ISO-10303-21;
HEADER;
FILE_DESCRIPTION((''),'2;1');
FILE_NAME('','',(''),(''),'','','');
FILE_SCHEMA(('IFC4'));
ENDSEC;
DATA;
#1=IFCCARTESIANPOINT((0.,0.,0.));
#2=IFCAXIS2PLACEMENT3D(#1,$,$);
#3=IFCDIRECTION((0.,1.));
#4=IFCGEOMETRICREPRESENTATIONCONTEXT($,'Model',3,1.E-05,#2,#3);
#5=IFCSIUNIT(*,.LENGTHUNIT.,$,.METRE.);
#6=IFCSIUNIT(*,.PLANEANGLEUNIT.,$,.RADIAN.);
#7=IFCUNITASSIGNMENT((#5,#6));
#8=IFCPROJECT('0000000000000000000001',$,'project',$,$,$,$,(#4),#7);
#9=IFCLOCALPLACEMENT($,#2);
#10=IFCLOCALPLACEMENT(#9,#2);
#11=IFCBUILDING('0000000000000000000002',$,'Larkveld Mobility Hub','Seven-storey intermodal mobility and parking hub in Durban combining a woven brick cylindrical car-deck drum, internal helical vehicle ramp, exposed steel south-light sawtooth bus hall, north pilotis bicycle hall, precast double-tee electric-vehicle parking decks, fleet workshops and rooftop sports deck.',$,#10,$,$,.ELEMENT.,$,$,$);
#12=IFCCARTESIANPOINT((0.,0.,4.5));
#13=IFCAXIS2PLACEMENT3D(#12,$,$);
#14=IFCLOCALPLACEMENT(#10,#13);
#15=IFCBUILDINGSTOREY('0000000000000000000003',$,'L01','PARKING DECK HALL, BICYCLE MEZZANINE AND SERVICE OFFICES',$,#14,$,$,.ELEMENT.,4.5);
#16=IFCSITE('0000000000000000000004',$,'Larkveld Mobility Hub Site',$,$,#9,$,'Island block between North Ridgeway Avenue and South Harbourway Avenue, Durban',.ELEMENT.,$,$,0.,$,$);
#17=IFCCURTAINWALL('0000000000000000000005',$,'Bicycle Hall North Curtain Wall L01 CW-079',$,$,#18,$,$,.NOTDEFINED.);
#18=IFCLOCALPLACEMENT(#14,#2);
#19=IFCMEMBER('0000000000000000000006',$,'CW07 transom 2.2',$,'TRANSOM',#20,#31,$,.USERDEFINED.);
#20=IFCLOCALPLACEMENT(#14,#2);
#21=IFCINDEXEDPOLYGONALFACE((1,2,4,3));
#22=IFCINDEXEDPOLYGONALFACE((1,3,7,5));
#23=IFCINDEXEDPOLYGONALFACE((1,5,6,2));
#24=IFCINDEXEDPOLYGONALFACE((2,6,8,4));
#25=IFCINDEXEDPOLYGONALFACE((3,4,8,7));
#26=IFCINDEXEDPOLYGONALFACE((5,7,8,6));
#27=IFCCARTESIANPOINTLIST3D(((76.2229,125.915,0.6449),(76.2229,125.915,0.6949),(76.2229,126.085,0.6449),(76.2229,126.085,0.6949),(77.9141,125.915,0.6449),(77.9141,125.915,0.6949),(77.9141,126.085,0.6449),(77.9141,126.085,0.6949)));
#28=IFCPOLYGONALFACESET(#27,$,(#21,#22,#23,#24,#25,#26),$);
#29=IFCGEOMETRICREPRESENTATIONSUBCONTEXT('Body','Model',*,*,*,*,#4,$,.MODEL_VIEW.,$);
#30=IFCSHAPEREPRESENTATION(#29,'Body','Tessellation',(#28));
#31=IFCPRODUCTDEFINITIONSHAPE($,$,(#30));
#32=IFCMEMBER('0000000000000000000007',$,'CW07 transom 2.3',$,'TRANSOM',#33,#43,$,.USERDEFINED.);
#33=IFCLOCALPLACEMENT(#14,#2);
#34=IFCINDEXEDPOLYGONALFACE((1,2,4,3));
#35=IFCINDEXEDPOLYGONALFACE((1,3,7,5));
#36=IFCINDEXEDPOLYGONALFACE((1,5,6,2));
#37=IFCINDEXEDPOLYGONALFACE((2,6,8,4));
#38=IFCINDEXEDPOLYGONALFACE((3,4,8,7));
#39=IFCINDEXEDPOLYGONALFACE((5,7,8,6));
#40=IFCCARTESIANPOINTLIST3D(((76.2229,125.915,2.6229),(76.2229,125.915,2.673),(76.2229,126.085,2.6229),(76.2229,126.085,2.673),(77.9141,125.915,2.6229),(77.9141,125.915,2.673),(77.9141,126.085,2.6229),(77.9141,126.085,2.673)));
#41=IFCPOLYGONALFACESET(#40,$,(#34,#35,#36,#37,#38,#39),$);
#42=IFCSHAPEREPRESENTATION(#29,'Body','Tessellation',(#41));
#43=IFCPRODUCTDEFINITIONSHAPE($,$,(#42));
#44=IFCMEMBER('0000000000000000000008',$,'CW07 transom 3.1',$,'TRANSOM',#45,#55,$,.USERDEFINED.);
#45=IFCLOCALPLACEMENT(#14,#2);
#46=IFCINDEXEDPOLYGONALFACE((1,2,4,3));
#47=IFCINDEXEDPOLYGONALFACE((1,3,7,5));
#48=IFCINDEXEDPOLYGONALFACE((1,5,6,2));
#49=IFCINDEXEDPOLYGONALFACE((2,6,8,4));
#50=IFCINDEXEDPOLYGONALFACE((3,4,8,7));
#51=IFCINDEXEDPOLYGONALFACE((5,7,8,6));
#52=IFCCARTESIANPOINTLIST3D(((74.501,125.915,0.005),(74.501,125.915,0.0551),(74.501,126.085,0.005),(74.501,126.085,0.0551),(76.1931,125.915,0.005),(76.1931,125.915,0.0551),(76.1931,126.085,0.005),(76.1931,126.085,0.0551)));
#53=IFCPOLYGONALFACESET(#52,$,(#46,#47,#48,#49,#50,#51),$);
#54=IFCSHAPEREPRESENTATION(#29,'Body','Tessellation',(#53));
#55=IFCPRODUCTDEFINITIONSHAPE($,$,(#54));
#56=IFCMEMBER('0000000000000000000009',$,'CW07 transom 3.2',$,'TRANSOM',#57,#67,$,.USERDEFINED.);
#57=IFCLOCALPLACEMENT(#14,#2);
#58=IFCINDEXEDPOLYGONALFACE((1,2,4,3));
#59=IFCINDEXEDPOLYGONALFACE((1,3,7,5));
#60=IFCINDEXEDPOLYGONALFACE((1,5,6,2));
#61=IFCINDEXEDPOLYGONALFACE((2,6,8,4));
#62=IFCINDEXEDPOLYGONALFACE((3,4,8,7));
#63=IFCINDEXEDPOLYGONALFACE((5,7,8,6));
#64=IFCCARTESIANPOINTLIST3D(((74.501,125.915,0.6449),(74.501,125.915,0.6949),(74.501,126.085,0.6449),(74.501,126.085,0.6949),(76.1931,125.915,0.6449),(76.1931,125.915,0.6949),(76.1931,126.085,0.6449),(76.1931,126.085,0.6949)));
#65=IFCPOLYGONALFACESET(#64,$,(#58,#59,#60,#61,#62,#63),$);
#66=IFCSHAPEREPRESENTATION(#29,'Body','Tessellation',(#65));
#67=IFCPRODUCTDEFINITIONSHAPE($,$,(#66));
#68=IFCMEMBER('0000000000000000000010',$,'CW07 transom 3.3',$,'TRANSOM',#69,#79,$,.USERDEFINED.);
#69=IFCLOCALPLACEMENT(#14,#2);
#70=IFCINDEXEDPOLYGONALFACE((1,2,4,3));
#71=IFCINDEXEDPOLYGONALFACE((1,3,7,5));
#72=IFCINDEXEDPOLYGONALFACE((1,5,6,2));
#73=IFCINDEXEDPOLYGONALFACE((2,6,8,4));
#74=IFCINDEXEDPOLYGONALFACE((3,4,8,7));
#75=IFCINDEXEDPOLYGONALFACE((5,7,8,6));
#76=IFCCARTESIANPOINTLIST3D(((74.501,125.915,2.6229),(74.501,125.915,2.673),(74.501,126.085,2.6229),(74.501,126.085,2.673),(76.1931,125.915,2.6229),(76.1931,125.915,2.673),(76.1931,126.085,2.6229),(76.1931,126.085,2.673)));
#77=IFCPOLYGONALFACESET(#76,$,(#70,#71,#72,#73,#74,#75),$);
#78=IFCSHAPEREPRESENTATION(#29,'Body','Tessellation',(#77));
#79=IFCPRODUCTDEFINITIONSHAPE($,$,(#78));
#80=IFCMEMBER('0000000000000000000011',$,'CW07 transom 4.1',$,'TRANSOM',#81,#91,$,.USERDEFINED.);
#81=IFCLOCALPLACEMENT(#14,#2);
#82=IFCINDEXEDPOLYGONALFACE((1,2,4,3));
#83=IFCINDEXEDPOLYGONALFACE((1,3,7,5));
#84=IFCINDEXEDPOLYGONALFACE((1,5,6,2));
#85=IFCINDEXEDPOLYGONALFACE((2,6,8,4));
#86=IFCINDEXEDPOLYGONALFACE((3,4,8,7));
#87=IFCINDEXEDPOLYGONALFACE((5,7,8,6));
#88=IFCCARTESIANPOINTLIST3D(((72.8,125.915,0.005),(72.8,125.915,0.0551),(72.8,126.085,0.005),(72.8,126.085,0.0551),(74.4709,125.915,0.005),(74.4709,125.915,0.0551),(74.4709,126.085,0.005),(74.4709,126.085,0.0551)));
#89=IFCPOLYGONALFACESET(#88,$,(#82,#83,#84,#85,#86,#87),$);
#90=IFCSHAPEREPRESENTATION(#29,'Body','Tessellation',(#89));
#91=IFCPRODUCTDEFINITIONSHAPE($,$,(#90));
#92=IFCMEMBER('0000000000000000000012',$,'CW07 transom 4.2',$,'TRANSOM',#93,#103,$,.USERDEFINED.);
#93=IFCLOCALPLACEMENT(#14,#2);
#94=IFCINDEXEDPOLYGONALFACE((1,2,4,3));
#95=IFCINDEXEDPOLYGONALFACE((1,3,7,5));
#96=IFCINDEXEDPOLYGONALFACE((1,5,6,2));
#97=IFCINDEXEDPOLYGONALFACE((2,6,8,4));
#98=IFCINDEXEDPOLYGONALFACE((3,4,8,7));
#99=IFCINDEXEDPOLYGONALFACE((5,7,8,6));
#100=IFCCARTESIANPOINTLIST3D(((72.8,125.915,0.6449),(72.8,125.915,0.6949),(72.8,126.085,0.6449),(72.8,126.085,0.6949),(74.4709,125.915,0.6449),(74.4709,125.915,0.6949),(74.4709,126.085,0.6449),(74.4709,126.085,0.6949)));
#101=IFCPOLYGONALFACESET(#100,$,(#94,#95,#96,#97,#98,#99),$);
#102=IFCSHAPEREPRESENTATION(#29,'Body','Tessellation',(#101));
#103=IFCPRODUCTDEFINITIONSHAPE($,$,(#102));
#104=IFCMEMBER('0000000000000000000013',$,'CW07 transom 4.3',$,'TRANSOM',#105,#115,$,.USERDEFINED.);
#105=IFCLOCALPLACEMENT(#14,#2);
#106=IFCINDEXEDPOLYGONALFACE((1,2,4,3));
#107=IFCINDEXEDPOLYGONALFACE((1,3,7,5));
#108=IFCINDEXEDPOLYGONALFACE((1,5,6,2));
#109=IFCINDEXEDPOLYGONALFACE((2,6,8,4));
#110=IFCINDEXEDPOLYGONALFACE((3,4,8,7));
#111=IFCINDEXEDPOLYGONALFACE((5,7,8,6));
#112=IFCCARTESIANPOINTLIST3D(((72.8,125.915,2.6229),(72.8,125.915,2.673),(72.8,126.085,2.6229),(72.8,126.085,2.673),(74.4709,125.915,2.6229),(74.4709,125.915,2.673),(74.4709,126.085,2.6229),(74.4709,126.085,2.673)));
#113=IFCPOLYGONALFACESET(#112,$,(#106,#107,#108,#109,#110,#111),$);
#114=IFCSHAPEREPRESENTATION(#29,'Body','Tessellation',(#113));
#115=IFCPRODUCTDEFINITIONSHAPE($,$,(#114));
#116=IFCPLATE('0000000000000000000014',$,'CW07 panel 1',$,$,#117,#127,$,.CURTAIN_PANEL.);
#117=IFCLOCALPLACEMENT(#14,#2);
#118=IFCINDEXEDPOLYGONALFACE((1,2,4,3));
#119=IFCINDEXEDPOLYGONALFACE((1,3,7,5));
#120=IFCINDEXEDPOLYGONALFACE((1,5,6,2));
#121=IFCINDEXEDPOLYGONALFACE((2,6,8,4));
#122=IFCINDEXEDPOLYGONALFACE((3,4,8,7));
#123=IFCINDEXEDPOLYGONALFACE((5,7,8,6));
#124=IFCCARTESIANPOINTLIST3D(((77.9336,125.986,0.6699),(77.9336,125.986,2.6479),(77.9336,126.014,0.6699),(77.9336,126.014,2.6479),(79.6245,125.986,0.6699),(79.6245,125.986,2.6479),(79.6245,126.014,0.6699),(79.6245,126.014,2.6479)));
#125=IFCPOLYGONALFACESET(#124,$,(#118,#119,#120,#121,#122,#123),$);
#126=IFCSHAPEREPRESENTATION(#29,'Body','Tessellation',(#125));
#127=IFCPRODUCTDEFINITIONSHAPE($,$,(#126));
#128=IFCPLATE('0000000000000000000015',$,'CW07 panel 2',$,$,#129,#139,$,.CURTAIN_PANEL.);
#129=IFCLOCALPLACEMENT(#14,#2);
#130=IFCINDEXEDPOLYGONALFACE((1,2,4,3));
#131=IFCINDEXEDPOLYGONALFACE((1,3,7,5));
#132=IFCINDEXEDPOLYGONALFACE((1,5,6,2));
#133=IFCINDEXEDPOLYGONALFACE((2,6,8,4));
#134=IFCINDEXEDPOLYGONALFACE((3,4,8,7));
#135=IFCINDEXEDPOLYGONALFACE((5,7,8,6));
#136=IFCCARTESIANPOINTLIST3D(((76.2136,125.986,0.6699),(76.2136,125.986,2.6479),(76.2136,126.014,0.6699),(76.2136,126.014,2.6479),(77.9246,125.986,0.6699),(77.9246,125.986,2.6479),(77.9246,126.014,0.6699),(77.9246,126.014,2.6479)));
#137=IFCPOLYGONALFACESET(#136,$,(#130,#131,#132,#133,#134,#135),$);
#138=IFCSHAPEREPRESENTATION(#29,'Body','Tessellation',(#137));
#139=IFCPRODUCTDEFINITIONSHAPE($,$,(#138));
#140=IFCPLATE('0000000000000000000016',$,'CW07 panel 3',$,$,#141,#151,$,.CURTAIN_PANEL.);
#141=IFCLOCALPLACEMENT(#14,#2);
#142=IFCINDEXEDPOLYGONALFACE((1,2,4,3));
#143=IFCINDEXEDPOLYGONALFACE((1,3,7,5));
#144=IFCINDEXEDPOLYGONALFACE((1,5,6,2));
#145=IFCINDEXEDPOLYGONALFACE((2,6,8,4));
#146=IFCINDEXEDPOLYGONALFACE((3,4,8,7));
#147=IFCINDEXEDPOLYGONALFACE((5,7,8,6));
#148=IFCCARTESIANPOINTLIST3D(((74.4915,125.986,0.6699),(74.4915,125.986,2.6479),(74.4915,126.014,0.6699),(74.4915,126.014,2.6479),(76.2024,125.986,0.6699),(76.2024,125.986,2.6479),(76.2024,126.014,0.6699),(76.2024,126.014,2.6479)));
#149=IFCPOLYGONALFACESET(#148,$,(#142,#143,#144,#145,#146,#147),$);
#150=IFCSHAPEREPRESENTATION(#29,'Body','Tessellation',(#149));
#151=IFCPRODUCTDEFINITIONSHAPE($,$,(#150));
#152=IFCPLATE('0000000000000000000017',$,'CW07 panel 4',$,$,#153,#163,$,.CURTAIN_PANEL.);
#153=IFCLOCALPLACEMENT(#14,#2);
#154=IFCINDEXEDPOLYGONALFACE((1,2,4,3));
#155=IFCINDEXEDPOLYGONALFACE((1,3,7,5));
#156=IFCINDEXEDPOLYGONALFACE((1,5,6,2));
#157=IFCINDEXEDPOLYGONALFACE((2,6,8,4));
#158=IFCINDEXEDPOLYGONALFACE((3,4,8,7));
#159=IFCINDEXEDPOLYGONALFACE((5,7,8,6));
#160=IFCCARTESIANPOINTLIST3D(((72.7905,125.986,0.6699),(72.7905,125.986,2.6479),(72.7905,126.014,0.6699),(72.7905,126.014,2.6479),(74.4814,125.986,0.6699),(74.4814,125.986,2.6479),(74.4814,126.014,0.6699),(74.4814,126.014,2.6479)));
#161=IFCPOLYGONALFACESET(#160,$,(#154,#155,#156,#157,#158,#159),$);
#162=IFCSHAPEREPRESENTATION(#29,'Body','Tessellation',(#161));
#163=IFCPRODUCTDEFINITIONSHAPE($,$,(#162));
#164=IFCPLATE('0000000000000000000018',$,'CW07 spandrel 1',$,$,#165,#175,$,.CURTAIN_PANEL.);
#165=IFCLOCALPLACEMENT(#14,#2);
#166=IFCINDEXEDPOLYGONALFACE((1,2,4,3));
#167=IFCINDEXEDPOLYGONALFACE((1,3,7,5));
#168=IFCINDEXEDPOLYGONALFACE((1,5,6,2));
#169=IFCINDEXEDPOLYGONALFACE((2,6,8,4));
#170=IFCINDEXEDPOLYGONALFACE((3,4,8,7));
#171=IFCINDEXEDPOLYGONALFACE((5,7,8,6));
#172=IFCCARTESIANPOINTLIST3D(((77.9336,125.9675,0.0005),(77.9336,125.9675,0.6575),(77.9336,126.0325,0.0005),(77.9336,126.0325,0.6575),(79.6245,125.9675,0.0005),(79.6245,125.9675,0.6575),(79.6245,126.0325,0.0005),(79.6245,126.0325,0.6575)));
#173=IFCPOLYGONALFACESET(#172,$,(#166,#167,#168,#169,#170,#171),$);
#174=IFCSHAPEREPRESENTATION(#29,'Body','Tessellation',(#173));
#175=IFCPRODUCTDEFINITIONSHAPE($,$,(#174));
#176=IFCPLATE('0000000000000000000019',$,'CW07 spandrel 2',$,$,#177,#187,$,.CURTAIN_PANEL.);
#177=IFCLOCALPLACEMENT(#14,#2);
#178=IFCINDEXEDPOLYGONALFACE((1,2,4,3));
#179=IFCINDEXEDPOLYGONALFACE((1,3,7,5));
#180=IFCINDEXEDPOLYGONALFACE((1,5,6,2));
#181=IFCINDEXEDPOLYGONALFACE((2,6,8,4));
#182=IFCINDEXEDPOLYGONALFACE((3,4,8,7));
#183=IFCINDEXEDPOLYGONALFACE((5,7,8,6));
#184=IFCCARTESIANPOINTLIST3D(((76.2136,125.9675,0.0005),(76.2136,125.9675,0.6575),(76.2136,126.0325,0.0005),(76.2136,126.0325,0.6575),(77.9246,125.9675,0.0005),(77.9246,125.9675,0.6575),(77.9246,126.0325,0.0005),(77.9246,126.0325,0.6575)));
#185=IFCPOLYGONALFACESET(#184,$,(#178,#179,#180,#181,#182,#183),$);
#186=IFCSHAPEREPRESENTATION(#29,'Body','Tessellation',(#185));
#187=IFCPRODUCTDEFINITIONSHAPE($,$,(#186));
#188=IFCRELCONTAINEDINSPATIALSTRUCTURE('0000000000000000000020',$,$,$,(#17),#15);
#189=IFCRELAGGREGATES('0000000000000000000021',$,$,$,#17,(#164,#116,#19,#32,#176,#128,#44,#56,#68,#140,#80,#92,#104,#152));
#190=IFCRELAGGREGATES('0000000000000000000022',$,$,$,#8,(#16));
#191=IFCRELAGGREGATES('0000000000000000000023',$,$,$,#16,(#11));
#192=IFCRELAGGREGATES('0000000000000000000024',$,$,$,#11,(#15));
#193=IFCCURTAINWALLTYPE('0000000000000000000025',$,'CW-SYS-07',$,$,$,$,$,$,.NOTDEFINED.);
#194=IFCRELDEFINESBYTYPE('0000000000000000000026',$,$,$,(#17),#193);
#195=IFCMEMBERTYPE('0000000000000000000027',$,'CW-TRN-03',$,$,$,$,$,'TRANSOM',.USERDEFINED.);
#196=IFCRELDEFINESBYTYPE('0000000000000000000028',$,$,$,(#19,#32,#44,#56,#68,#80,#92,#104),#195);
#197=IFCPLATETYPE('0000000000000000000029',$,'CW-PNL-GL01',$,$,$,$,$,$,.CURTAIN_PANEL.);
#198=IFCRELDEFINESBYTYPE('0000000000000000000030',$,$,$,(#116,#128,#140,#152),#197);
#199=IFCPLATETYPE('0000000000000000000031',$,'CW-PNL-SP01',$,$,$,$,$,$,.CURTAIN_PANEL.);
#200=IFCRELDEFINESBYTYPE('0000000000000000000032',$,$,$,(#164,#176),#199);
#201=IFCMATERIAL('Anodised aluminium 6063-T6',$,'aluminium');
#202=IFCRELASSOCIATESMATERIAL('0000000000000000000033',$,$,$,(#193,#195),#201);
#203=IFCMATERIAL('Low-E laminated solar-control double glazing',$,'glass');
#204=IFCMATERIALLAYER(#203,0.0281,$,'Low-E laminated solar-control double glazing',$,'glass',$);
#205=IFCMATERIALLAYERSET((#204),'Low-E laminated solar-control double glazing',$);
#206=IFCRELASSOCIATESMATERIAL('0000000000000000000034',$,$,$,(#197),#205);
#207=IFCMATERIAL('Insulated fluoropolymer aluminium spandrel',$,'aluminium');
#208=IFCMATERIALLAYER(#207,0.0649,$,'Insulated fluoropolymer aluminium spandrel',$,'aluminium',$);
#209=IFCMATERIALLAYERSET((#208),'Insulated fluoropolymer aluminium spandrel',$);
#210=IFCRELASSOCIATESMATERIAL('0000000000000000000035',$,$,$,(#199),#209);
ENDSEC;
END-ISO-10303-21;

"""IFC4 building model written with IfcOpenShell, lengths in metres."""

from ifc_helpers import new_model, si_unit, direction, frame, origin, origin_2d, place, context, subcontext, project, spatial, rectangle, extrude, material, layer, layer_set, material_profile, profile_set, type_object, element, aggregate, save


model = new_model("IFC4")

# Units and contexts
model_context = context("Model", 3, precision=1e-05, world=origin(), true_north=direction((0.0, 1.0)))
body_context = subcontext(model_context, "Body", "Model", "MODEL_VIEW")
ifc_project = project(units=[si_unit("LENGTHUNIT", "METRE"), si_unit("PLANEANGLEUNIT", "RADIAN")], contexts=[model_context])

# Site, building, storey
site_placement = place(None, origin())
site = spatial("IfcSite", under=ifc_project, at=site_placement, Name="Larkveld Mobility Hub Site", LongName="Island block between North Ridgeway Avenue and South Harbourway Avenue, Durban", CompositionType="ELEMENT", RefElevation=0.0)
building_placement = place(site_placement, origin())
building = spatial("IfcBuilding", under=site, at=building_placement, Name="Larkveld Mobility Hub", Description="Seven-storey intermodal mobility and parking hub in Durban combining a woven brick cylindrical car-deck drum, internal helical vehicle ramp, exposed steel south-light sawtooth bus hall, north pilotis bicycle hall, precast double-tee electric-vehicle parking decks, fleet workshops and rooftop sports deck.", CompositionType="ELEMENT")
storey_placement = place(building_placement, frame((0.0, 0.0, 4.5)))
storey = spatial("IfcBuildingStorey", under=building, at=storey_placement, Name="L01", Description="PARKING DECK HALL, BICYCLE MEZZANINE AND SERVICE OFFICES", CompositionType="ELEMENT", Elevation=4.5)

# Curtain wall
ifc_material_1 = material(Name="Anodised aluminium 6063-T6", Category="aluminium")
curtain_wall_type_1 = type_object("IfcCurtainWallType", Name="CW-SYS-07", PredefinedType="NOTDEFINED", material=ifc_material_1)
curtain_wall_1_placement = place(storey_placement, origin())
curtain_wall_1 = element("IfcCurtainWall", 1, at=curtain_wall_1_placement, inside=storey, type_object=curtain_wall_type_1, Name="Bicycle Hall North Curtain Wall L01 CW-079", PredefinedType="NOTDEFINED")

# Members
ifc_material_profile_1 = material_profile(ifc_material_1, rectangle(XDim=0.1699, YDim=0.05, at=origin_2d()), Name="ALU TRAN 50x170")
ifc_profile_set_1 = profile_set([ifc_material_profile_1], Name="Anodised aluminium 6063-T6")
member_type_1 = type_object("IfcMemberType", Name="CW-TRN-03", ElementType="TRANSOM", PredefinedType="USERDEFINED", material=ifc_profile_set_1)
member_1_placement = place(storey_placement, frame((77.9141, 126.0, 0.6699), z_axis=(-1.0, 0.0, 0.0), x_axis=(0.0, -1.0, 0.0)))
member_1 = element("IfcMember", 2, at=member_1_placement, type_object=member_type_1, Name="CW07 transom 2.2", ObjectType="TRANSOM", PredefinedType="USERDEFINED", context=body_context, shape_type="SweptSolid", body=[
    extrude(rectangle(XDim=0.1699, YDim=0.05, at=origin_2d()), origin(), (0.0, 0.0, 1.0), 1.6912),
])
member_2_placement = place(storey_placement, frame((77.9141, 126.0, 2.6479), z_axis=(-1.0, 0.0, 0.0), x_axis=(0.0, -1.0, 0.0)))
member_2 = element("IfcMember", 3, at=member_2_placement, type_object=member_type_1, Name="CW07 transom 2.3", ObjectType="TRANSOM", PredefinedType="USERDEFINED", context=body_context, shape_type="SweptSolid", body=[
    extrude(rectangle(XDim=0.1699, YDim=0.05, at=origin_2d()), origin(), (0.0, 0.0, 1.0), 1.6912),
])
member_3_placement = place(storey_placement, frame((76.1931, 126.0, 0.03), z_axis=(-1.0, 0.0, 0.0), x_axis=(0.0, -1.0, 0.0)))
member_3 = element("IfcMember", 4, at=member_3_placement, type_object=member_type_1, Name="CW07 transom 3.1", ObjectType="TRANSOM", PredefinedType="USERDEFINED", context=body_context, shape_type="SweptSolid", body=[
    extrude(rectangle(XDim=0.1699, YDim=0.05, at=origin_2d()), origin(), (0.0, 0.0, 1.0), 1.6921),
])
member_4_placement = place(storey_placement, frame((76.1931, 126.0, 0.6699), z_axis=(-1.0, 0.0, 0.0), x_axis=(0.0, -1.0, 0.0)))
member_4 = element("IfcMember", 5, at=member_4_placement, type_object=member_type_1, Name="CW07 transom 3.2", ObjectType="TRANSOM", PredefinedType="USERDEFINED", context=body_context, shape_type="SweptSolid", body=[
    extrude(rectangle(XDim=0.1699, YDim=0.05, at=origin_2d()), origin(), (0.0, 0.0, 1.0), 1.6921),
])
member_5_placement = place(storey_placement, frame((76.1931, 126.0, 2.6479), z_axis=(-1.0, 0.0, 0.0), x_axis=(0.0, -1.0, 0.0)))
member_5 = element("IfcMember", 6, at=member_5_placement, type_object=member_type_1, Name="CW07 transom 3.3", ObjectType="TRANSOM", PredefinedType="USERDEFINED", context=body_context, shape_type="SweptSolid", body=[
    extrude(rectangle(XDim=0.1699, YDim=0.05, at=origin_2d()), origin(), (0.0, 0.0, 1.0), 1.6921),
])
member_6_placement = place(storey_placement, frame((74.4709, 126.0, 0.03), z_axis=(-1.0, 0.0, 0.0), x_axis=(0.0, -1.0, 0.0)))
member_6 = element("IfcMember", 7, at=member_6_placement, type_object=member_type_1, Name="CW07 transom 4.1", ObjectType="TRANSOM", PredefinedType="USERDEFINED", context=body_context, shape_type="SweptSolid", body=[
    extrude(rectangle(XDim=0.1699, YDim=0.05, at=origin_2d()), origin(), (0.0, 0.0, 1.0), 1.6709),
])
member_7_placement = place(storey_placement, frame((74.4709, 126.0, 0.6699), z_axis=(-1.0, 0.0, 0.0), x_axis=(0.0, -1.0, 0.0)))
member_7 = element("IfcMember", 8, at=member_7_placement, type_object=member_type_1, Name="CW07 transom 4.2", ObjectType="TRANSOM", PredefinedType="USERDEFINED", context=body_context, shape_type="SweptSolid", body=[
    extrude(rectangle(XDim=0.1699, YDim=0.05, at=origin_2d()), origin(), (0.0, 0.0, 1.0), 1.6709),
])
member_8_placement = place(storey_placement, frame((74.4709, 126.0, 2.6479), z_axis=(-1.0, 0.0, 0.0), x_axis=(0.0, -1.0, 0.0)))
member_8 = element("IfcMember", 9, at=member_8_placement, type_object=member_type_1, Name="CW07 transom 4.3", ObjectType="TRANSOM", PredefinedType="USERDEFINED", context=body_context, shape_type="SweptSolid", body=[
    extrude(rectangle(XDim=0.1699, YDim=0.05, at=origin_2d()), origin(), (0.0, 0.0, 1.0), 1.6709),
])

# Plates
ifc_material_2 = material(Name="Low-E laminated solar-control double glazing", Category="glass")
ifc_layer_1 = layer(ifc_material_2, 0.0281, Name="Low-E laminated solar-control double glazing", Category="glass")
ifc_layer_set_1 = layer_set([ifc_layer_1], Name="Low-E laminated solar-control double glazing")
plate_type_1 = type_object("IfcPlateType", Name="CW-PNL-GL01", PredefinedType="CURTAIN_PANEL", material=ifc_layer_set_1)
plate_1_placement = place(storey_placement, frame((78.7791, 126.0, 0.6699), z_axis=(0.0, 0.0, 1.0), x_axis=(-1.0, 0.0, 0.0)))
plate_1 = element("IfcPlate", 10, at=plate_1_placement, type_object=plate_type_1, Name="CW07 panel 1", PredefinedType="CURTAIN_PANEL", context=body_context, shape_type="SweptSolid", body=[
    extrude(rectangle(XDim=1.6909, YDim=0.0281, at=origin_2d()), origin(), (0.0, 0.0, 1.0), 1.978),
])
plate_2_placement = place(storey_placement, frame((77.0691, 126.0, 0.6699), z_axis=(0.0, 0.0, 1.0), x_axis=(-1.0, 0.0, 0.0)))
plate_2 = element("IfcPlate", 11, at=plate_2_placement, type_object=plate_type_1, Name="CW07 panel 2", PredefinedType="CURTAIN_PANEL", context=body_context, shape_type="SweptSolid", body=[
    extrude(rectangle(XDim=1.7109, YDim=0.0281, at=origin_2d()), origin(), (0.0, 0.0, 1.0), 1.978),
])
plate_3_placement = place(storey_placement, frame((75.3469, 126.0, 0.6699), z_axis=(0.0, 0.0, 1.0), x_axis=(-1.0, 0.0, 0.0)))
plate_3 = element("IfcPlate", 12, at=plate_3_placement, type_object=plate_type_1, Name="CW07 panel 3", PredefinedType="CURTAIN_PANEL", context=body_context, shape_type="SweptSolid", body=[
    extrude(rectangle(XDim=1.7109, YDim=0.0281, at=origin_2d()), origin(), (0.0, 0.0, 1.0), 1.978),
])
plate_4_placement = place(storey_placement, frame((73.636, 126.0, 0.6699), z_axis=(0.0, 0.0, 1.0), x_axis=(-1.0, 0.0, 0.0)))
plate_4 = element("IfcPlate", 13, at=plate_4_placement, type_object=plate_type_1, Name="CW07 panel 4", PredefinedType="CURTAIN_PANEL", context=body_context, shape_type="SweptSolid", body=[
    extrude(rectangle(XDim=1.6909, YDim=0.0281, at=origin_2d()), origin(), (0.0, 0.0, 1.0), 1.978),
])
ifc_material_3 = material(Name="Insulated fluoropolymer aluminium spandrel", Category="aluminium")
ifc_layer_2 = layer(ifc_material_3, 0.0649, Name="Insulated fluoropolymer aluminium spandrel", Category="aluminium")
ifc_layer_set_2 = layer_set([ifc_layer_2], Name="Insulated fluoropolymer aluminium spandrel")
plate_type_2 = type_object("IfcPlateType", Name="CW-PNL-SP01", PredefinedType="CURTAIN_PANEL", material=ifc_layer_set_2)
plate_5_placement = place(storey_placement, frame((78.7791, 126.0, 0.0005), z_axis=(0.0, 0.0, 1.0), x_axis=(-1.0, 0.0, 0.0)))
plate_5 = element("IfcPlate", 14, at=plate_5_placement, type_object=plate_type_2, Name="CW07 spandrel 1", PredefinedType="CURTAIN_PANEL", context=body_context, shape_type="SweptSolid", body=[
    extrude(rectangle(XDim=1.6909, YDim=0.0649, at=origin_2d()), origin(), (0.0, 0.0, 1.0), 0.657),
])
plate_6_placement = place(storey_placement, frame((77.0691, 126.0, 0.0005), z_axis=(0.0, 0.0, 1.0), x_axis=(-1.0, 0.0, 0.0)))
plate_6 = element("IfcPlate", 15, at=plate_6_placement, type_object=plate_type_2, Name="CW07 spandrel 2", PredefinedType="CURTAIN_PANEL", context=body_context, shape_type="SweptSolid", body=[
    extrude(rectangle(XDim=1.7109, YDim=0.0649, at=origin_2d()), origin(), (0.0, 0.0, 1.0), 0.657),
])
aggregate(curtain_wall_1, [plate_5, plate_1, member_1, member_2, plate_6, plate_2, member_3, member_4, member_5, plate_3, member_6, member_7, member_8, plate_4])

save(model, "model.ifc")
